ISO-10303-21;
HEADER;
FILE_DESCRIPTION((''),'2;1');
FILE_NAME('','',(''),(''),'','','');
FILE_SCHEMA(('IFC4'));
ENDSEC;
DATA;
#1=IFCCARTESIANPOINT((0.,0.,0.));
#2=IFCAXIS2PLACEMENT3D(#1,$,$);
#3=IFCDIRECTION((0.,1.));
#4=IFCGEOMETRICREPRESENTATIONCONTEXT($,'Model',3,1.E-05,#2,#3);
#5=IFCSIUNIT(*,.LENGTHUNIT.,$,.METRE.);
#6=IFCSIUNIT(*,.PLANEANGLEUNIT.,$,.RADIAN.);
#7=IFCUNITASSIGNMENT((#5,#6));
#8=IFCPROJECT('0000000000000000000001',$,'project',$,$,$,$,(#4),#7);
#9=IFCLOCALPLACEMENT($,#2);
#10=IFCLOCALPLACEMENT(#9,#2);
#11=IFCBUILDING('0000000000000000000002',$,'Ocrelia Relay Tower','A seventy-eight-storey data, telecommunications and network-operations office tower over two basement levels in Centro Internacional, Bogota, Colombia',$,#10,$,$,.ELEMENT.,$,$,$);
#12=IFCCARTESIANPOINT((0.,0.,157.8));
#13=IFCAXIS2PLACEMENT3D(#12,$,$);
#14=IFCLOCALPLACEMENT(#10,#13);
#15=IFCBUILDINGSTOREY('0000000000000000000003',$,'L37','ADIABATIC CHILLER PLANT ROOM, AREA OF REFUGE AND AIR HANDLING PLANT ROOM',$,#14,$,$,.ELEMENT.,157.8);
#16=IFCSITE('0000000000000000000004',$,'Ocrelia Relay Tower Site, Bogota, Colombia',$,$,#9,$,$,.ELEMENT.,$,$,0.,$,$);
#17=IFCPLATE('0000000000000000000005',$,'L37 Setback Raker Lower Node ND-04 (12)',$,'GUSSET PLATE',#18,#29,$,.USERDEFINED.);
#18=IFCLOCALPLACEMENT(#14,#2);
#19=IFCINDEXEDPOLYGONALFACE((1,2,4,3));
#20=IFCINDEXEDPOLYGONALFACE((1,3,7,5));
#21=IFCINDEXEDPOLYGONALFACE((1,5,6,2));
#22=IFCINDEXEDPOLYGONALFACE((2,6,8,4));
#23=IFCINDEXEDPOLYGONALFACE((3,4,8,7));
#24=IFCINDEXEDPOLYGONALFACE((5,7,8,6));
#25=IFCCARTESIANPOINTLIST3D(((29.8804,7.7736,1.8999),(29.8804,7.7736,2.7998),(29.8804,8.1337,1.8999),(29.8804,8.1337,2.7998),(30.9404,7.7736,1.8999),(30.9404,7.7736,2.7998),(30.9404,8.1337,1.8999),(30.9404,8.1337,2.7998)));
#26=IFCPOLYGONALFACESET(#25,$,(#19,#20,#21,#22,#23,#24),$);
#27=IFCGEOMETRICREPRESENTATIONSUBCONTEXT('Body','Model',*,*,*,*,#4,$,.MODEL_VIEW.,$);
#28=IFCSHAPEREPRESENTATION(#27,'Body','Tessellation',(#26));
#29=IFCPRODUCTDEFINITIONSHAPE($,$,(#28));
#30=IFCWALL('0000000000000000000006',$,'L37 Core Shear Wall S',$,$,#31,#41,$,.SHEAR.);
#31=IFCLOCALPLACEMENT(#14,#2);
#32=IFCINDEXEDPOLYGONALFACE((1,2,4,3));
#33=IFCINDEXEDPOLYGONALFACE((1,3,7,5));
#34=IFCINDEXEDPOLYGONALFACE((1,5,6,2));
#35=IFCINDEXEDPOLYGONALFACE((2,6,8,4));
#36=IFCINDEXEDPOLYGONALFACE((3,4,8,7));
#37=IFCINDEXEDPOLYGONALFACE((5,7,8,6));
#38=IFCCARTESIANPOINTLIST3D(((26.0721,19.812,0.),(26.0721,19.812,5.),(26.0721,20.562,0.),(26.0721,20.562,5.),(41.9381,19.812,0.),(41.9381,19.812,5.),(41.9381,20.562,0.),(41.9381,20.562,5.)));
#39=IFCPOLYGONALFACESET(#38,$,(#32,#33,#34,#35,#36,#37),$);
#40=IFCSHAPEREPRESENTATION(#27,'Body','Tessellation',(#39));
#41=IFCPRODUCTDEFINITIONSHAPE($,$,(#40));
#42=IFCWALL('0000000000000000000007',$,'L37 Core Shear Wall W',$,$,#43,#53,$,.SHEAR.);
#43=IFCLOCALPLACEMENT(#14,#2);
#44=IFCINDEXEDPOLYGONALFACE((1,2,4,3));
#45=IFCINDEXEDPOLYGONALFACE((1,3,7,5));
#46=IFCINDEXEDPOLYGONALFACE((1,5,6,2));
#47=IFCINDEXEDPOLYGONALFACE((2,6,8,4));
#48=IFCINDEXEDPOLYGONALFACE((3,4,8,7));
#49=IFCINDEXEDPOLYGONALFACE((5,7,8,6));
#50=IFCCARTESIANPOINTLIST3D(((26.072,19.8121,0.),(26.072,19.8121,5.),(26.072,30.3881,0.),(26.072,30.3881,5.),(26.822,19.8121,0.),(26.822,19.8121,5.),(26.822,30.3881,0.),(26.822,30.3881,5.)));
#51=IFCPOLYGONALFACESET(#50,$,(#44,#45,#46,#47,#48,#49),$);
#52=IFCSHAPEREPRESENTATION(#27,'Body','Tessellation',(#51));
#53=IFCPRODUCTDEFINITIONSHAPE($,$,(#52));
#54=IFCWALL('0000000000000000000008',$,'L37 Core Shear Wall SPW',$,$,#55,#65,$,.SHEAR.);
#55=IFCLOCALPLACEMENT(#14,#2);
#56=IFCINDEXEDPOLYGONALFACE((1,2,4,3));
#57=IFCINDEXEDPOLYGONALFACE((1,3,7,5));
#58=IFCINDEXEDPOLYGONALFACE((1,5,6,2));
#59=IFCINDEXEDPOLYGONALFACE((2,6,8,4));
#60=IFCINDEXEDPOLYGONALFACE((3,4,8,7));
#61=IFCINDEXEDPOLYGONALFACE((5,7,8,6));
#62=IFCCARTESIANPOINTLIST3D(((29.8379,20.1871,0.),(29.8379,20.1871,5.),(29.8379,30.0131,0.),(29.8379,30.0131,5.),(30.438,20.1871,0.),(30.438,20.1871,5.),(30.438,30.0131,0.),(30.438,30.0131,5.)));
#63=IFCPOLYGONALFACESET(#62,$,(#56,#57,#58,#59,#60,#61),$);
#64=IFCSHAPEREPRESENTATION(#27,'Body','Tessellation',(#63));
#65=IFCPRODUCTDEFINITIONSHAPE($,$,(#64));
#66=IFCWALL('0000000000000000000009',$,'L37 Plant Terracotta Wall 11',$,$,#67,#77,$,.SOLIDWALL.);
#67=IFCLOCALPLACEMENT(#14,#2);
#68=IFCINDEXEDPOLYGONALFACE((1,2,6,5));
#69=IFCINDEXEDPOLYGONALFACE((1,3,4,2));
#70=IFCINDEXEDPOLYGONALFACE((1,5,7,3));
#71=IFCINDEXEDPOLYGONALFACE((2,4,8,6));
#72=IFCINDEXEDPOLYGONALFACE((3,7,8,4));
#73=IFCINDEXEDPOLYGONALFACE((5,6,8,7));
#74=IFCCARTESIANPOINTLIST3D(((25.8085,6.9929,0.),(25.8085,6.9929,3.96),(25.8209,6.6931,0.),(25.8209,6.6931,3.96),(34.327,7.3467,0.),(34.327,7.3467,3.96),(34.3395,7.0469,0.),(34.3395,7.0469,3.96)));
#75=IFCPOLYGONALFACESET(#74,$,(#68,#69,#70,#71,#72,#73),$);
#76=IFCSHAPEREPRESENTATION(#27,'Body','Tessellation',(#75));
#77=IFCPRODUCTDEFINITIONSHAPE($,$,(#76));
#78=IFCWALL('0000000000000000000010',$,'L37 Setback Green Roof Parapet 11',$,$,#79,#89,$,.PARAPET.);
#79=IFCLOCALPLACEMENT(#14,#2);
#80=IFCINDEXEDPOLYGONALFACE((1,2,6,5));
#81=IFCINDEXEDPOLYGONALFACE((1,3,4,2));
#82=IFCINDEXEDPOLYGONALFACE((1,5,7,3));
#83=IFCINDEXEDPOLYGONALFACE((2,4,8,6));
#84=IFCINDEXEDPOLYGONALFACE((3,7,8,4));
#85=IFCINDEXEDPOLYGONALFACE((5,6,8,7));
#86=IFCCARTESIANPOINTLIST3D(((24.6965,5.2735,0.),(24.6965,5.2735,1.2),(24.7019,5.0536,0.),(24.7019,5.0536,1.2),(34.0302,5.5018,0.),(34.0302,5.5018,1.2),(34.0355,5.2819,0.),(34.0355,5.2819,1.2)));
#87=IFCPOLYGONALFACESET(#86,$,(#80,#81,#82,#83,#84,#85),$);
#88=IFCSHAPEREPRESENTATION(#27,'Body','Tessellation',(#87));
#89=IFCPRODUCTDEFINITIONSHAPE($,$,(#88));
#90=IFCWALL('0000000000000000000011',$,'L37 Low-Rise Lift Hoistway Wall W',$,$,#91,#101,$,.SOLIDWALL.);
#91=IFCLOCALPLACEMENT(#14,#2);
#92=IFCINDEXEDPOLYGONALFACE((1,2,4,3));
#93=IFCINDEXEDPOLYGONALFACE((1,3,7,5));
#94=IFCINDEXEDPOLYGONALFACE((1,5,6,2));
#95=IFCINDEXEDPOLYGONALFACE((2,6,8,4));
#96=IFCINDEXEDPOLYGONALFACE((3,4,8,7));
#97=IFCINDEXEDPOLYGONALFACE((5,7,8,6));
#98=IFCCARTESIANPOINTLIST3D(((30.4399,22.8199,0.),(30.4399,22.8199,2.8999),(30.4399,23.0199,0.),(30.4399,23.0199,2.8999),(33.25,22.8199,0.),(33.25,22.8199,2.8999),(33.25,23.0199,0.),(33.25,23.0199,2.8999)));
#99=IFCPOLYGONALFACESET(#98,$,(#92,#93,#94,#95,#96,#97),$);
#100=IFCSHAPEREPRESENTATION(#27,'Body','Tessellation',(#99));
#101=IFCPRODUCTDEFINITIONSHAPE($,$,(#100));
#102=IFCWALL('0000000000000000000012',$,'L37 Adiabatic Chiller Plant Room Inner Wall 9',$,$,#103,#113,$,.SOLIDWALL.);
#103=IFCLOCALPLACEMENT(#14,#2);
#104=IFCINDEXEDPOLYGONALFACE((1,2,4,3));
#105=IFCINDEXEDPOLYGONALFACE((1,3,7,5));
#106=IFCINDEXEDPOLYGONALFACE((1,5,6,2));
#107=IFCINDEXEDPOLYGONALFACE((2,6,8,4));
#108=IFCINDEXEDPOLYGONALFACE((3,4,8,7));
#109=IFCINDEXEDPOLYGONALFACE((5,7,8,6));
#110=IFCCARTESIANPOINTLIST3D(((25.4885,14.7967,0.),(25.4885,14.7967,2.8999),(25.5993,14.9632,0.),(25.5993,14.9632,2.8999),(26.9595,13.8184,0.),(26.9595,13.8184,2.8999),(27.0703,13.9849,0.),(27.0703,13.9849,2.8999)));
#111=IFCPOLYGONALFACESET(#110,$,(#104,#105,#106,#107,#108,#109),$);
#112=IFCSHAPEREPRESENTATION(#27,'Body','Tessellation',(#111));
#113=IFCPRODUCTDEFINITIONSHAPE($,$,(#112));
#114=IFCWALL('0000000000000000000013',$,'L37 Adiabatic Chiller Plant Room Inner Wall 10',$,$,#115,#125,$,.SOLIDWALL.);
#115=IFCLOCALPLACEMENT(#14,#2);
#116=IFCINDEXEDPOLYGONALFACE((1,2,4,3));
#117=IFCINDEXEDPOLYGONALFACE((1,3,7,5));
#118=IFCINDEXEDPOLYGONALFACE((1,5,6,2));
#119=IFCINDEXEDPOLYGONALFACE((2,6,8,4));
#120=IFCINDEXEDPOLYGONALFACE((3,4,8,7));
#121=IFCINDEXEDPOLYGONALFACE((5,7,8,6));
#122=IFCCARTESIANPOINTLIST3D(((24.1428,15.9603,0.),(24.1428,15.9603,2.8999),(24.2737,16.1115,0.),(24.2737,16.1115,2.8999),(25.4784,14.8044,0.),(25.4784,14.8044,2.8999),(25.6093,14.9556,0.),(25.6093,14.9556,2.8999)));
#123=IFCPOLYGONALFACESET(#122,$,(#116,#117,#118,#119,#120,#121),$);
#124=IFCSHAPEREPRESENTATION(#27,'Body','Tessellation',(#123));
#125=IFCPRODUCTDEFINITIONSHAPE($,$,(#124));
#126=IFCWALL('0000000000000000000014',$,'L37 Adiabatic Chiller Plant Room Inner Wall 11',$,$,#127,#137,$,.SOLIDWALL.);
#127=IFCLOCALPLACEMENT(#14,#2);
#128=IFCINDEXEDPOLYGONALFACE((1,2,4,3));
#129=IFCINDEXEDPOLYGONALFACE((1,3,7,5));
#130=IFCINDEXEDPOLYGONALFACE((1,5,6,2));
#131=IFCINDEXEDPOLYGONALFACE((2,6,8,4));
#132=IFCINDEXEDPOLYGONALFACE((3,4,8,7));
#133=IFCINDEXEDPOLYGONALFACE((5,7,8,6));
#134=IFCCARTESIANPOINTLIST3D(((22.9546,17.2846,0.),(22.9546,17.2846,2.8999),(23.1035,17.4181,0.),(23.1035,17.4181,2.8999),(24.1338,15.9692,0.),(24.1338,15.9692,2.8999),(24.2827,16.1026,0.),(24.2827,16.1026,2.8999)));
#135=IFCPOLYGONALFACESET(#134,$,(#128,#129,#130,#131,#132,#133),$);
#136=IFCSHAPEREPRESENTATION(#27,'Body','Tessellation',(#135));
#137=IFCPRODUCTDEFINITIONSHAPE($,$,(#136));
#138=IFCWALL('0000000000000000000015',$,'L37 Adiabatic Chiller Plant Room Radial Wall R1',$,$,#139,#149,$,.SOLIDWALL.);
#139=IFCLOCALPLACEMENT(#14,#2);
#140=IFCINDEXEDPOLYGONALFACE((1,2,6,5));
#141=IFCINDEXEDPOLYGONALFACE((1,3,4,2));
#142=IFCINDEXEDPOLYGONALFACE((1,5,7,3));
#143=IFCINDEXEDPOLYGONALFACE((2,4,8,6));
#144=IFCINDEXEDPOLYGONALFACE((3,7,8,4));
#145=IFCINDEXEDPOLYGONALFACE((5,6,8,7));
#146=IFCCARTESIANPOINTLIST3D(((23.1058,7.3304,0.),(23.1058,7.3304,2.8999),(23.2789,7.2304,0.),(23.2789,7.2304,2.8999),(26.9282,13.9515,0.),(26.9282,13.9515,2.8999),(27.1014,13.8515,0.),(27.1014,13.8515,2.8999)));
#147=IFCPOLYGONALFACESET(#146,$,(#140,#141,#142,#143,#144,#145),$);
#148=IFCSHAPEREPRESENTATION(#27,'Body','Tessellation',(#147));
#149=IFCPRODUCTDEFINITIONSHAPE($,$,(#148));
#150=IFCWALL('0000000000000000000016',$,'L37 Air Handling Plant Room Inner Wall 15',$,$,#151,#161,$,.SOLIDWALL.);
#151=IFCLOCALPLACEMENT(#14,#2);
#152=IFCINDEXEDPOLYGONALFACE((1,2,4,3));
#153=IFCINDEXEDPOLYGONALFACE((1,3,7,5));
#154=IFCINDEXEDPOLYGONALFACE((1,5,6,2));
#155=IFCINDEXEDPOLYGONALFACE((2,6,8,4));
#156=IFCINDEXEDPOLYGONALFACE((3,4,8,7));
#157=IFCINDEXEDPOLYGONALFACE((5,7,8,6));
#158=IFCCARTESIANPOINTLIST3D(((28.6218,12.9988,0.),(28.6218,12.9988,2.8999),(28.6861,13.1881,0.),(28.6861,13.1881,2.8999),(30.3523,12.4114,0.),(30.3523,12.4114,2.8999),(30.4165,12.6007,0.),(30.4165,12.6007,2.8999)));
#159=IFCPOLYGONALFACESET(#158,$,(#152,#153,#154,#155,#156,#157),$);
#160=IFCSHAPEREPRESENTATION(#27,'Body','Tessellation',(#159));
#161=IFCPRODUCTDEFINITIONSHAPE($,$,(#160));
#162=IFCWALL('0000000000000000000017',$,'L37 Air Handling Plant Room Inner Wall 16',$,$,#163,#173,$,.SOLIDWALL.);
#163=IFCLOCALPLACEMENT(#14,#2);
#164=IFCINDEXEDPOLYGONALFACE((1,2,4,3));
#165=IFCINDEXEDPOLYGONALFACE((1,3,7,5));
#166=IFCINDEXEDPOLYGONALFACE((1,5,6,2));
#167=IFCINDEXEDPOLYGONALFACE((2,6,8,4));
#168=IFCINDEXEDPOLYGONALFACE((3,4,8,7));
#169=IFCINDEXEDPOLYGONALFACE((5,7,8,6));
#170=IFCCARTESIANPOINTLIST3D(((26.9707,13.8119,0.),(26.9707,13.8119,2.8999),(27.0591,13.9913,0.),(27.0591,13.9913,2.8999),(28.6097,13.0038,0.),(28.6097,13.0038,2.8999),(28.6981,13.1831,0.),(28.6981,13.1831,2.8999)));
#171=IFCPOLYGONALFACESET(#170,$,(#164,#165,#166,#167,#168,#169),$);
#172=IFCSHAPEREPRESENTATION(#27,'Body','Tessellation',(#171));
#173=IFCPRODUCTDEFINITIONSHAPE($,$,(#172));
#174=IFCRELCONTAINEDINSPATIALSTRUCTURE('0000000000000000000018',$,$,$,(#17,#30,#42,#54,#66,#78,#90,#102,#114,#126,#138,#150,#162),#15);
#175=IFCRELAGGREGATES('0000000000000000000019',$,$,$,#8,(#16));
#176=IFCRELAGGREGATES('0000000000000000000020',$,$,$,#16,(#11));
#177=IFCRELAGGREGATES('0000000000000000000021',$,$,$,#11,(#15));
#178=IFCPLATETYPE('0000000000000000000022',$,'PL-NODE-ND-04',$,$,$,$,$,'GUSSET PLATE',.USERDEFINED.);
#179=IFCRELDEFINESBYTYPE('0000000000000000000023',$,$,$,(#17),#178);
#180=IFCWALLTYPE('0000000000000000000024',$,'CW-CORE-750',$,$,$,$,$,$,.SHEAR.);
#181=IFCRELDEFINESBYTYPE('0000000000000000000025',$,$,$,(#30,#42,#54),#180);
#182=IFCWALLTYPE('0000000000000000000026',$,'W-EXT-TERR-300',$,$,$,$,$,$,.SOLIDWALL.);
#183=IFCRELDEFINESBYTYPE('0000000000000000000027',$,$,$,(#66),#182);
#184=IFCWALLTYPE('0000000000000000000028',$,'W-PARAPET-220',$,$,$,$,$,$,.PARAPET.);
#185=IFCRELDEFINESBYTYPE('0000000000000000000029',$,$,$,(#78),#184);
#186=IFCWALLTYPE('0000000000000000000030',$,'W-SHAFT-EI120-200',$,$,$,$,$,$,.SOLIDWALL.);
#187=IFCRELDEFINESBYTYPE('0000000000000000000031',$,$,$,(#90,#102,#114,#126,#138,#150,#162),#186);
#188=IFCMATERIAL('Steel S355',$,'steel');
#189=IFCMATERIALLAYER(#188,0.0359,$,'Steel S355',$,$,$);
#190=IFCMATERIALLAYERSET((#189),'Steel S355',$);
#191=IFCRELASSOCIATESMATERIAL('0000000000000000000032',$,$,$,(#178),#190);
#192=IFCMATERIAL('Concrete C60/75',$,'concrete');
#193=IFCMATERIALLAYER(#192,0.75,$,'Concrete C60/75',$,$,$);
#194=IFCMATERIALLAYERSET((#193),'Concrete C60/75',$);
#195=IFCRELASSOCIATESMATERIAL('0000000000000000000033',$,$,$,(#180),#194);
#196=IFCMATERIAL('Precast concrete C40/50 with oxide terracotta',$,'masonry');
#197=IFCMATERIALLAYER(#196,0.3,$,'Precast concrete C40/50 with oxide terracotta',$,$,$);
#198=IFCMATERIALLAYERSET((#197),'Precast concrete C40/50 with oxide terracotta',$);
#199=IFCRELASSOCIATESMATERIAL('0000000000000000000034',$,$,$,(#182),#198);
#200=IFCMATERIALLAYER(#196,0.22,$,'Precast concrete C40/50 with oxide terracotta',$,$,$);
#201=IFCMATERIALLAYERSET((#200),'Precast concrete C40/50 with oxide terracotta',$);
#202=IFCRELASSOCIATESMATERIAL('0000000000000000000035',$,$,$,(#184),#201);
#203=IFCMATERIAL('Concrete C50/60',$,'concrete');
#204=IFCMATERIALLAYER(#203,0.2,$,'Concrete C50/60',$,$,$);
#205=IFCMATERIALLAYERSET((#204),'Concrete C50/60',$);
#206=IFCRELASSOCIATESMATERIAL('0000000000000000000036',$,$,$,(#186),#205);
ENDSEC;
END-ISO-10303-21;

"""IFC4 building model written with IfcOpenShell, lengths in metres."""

from ifc_helpers import new_model, si_unit, direction, frame, frame_2d, origin, origin_2d, place, context, subcontext, project, spatial, rectangle, extrude, material, layer, layer_set, type_object, element, save


model = new_model("IFC4")

# Units and contexts
model_context = context("Model", 3, precision=1e-05, world=origin(), true_north=direction((0.0, 1.0)))
body_context = subcontext(model_context, "Body", "Model", "MODEL_VIEW")
ifc_project = project(units=[si_unit("LENGTHUNIT", "METRE"), si_unit("PLANEANGLEUNIT", "RADIAN")], contexts=[model_context])

# Site, building, storey
site_placement = place(None, origin())
site = spatial("IfcSite", under=ifc_project, at=site_placement, Name="Ocrelia Relay Tower Site, Bogota, Colombia", CompositionType="ELEMENT", RefElevation=0.0)
building_placement = place(site_placement, origin())
building = spatial("IfcBuilding", under=site, at=building_placement, Name="Ocrelia Relay Tower", Description="A seventy-eight-storey data, telecommunications and network-operations office tower over two basement levels in Centro Internacional, Bogota, Colombia", CompositionType="ELEMENT")
storey_placement = place(building_placement, frame((0.0, 0.0, 157.8)))
storey = spatial("IfcBuildingStorey", under=building, at=storey_placement, Name="L37", Description="ADIABATIC CHILLER PLANT ROOM, AREA OF REFUGE AND AIR HANDLING PLANT ROOM", CompositionType="ELEMENT", Elevation=157.8)

# Shared definitions
ifc_material_1 = material(Name="Concrete C60/75", Category="concrete")

# Shared definitions
ifc_material_2 = material(Name="Steel S355", Category="steel")

# Plate
ifc_layer_1 = layer(ifc_material_2, 0.0359, Name="Steel S355")
ifc_layer_set_1 = layer_set([ifc_layer_1], Name="Steel S355")
plate_type = type_object("IfcPlateType", Name="PL-NODE-ND-04", ElementType="GUSSET PLATE", PredefinedType="USERDEFINED", material=ifc_layer_set_1)
for number, where, z_axis, x_axis, name in (
    (1, (30.4104, 7.9536, 1.8999), (0.0, 0.0, 1.0), (1.0, 0.0, 0.0), "L37 Setback Raker Lower Node ND-04 (12)"),
):
    element("IfcPlate", number, at=place(storey_placement, frame(where, z_axis=z_axis, x_axis=x_axis)), inside=storey, type_object=plate_type, Name=name, ObjectType="GUSSET PLATE", PredefinedType="USERDEFINED", context=body_context, shape_type="SweptSolid", body=[
        extrude(rectangle(XDim=1.0601, YDim=0.3601, at=origin_2d()), origin(), (0.0, 0.0, 1.0), 0.8999),
    ])

# Walls
ifc_layer_2 = layer(ifc_material_1, 0.75, Name="Concrete C60/75")
ifc_layer_set_2 = layer_set([ifc_layer_2], Name="Concrete C60/75")
wall_type_1 = type_object("IfcWallType", Name="CW-CORE-750", PredefinedType="SHEAR", material=ifc_layer_set_2)
wall_1_placement = place(storey_placement, frame((26.072, 20.187, 0.0), z_axis=(0.0, 0.0, 1.0), x_axis=(1.0, 0.0, 0.0)))
element("IfcWall", 2, at=wall_1_placement, inside=storey, type_object=wall_type_1, Name="L37 Core Shear Wall S", PredefinedType="SHEAR", context=body_context, shape_type="SweptSolid", body=[
    extrude(rectangle(XDim=15.866, YDim=0.75, at=frame_2d((7.9331, 0.0))), origin(), (0.0, 0.0, 1.0), 5.0),
])
wall_2_placement = place(storey_placement, frame((26.447, 19.812, 0.0), z_axis=(0.0, 0.0, 1.0), x_axis=(0.0, 1.0, 0.0)))
element("IfcWall", 3, at=wall_2_placement, inside=storey, type_object=wall_type_1, Name="L37 Core Shear Wall W", PredefinedType="SHEAR", context=body_context, shape_type="SweptSolid", body=[
    extrude(rectangle(XDim=10.5759, YDim=0.75, at=frame_2d((5.2881, 0.0))), origin(), (0.0, 0.0, 1.0), 5.0),
])
wall_3_placement = place(storey_placement, frame((30.1379, 20.187, 0.0), z_axis=(0.0, 0.0, 1.0), x_axis=(0.0, 1.0, 0.0)))
element("IfcWall", 4, at=wall_3_placement, inside=storey, type_object=wall_type_1, Name="L37 Core Shear Wall SPW", PredefinedType="SHEAR", context=body_context, shape_type="SweptSolid", body=[
    extrude(rectangle(XDim=9.8259, YDim=0.6001, at=frame_2d((4.9131, 0.0))), origin(), (0.0, 0.0, 1.0), 5.0),
])
ifc_material_3 = material(Name="Precast concrete C40/50 with oxide terracotta", Category="masonry")
ifc_layer_3 = layer(ifc_material_3, 0.3, Name="Precast concrete C40/50 with oxide terracotta")
ifc_layer_set_3 = layer_set([ifc_layer_3], Name="Precast concrete C40/50 with oxide terracotta")
wall_type_2 = type_object("IfcWallType", Name="W-EXT-TERR-300", PredefinedType="SOLIDWALL", material=ifc_layer_set_3)
wall_4_placement = place(storey_placement, frame((25.8147, 6.843, 0.0), z_axis=(0.0, 0.0, 1.0), x_axis=(0.999139, 0.041492, 0.0)))
element("IfcWall", 5, at=wall_4_placement, inside=storey, type_object=wall_type_2, Name="L37 Plant Terracotta Wall 11", PredefinedType="SOLIDWALL", context=body_context, shape_type="SweptSolid", body=[
    extrude(rectangle(XDim=8.5259, YDim=0.3, at=frame_2d((4.2629, 0.0))), origin(), (0.0, 0.0, 1.0), 3.96),
])
ifc_layer_4 = layer(ifc_material_3, 0.22, Name="Precast concrete C40/50 with oxide terracotta")
ifc_layer_set_4 = layer_set([ifc_layer_4], Name="Precast concrete C40/50 with oxide terracotta")
wall_type_3 = type_object("IfcWallType", Name="W-PARAPET-220", PredefinedType="PARAPET", material=ifc_layer_set_4)
wall_5_placement = place(storey_placement, frame((24.6992, 5.1636, 0.0), z_axis=(0.0, 0.0, 1.0), x_axis=(0.999701, 0.024449, 0.0)))
element("IfcWall", 6, at=wall_5_placement, inside=storey, type_object=wall_type_3, Name="L37 Setback Green Roof Parapet 11", PredefinedType="PARAPET", context=body_context, shape_type="SweptSolid", body=[
    extrude(rectangle(XDim=9.3364, YDim=0.22, at=frame_2d((4.6682, 0.0))), origin(), (0.0, 0.0, 1.0), 1.2),
])
ifc_material_4 = material(Name="Concrete C50/60", Category="concrete")
ifc_layer_5 = layer(ifc_material_4, 0.2, Name="Concrete C50/60")
ifc_layer_set_5 = layer_set([ifc_layer_5], Name="Concrete C50/60")
wall_type_4 = type_object("IfcWallType", Name="W-SHAFT-EI120-200", PredefinedType="SOLIDWALL", material=ifc_layer_set_5)
wall_6_placement = place(storey_placement, frame((30.4399, 22.9199, 0.0), z_axis=(0.0, 0.0, 1.0), x_axis=(1.0, 0.0, 0.0)))
element("IfcWall", 7, at=wall_6_placement, inside=storey, type_object=wall_type_4, Name="L37 Low-Rise Lift Hoistway Wall W", PredefinedType="SOLIDWALL", context=body_context, shape_type="SweptSolid", body=[
    extrude(rectangle(XDim=2.8101, YDim=0.2, at=frame_2d((1.405, 0.0))), origin(), (0.0, 0.0, 1.0), 2.8999),
])
wall_7_placement = place(storey_placement, frame((27.0149, 13.9016, 0.0), z_axis=(0.0, 0.0, 1.0), x_axis=(-0.832666, 0.553775, 0.0)))
element("IfcWall", 8, at=wall_7_placement, inside=storey, type_object=wall_type_4, Name="L37 Adiabatic Chiller Plant Room Inner Wall 9", PredefinedType="SOLIDWALL", context=body_context, shape_type="SweptSolid", body=[
    extrude(rectangle(XDim=1.7666, YDim=0.2, at=frame_2d((0.8833, 0.0))), origin(), (0.0, 0.0, 1.0), 2.8999),
])
wall_8_placement = place(storey_placement, frame((25.5439, 14.8799, 0.0), z_axis=(0.0, 0.0, 1.0), x_axis=(-0.756136, 0.654415, 0.0)))
element("IfcWall", 9, at=wall_8_placement, inside=storey, type_object=wall_type_4, Name="L37 Adiabatic Chiller Plant Room Inner Wall 10", PredefinedType="SOLIDWALL", context=body_context, shape_type="SweptSolid", body=[
    extrude(rectangle(XDim=1.7664, YDim=0.2, at=frame_2d((0.8833, 0.0))), origin(), (0.0, 0.0, 1.0), 2.8999),
])
wall_9_placement = place(storey_placement, frame((24.2083, 16.0359, 0.0), z_axis=(0.0, 0.0, 1.0), x_axis=(-0.667497, 0.744612, 0.0)))
element("IfcWall", 10, at=wall_9_placement, inside=storey, type_object=wall_type_4, Name="L37 Adiabatic Chiller Plant Room Inner Wall 11", PredefinedType="SOLIDWALL", context=body_context, shape_type="SweptSolid", body=[
    extrude(rectangle(XDim=1.7666, YDim=0.2, at=frame_2d((0.8833, 0.0))), origin(), (0.0, 0.0, 1.0), 2.8999),
])
wall_10_placement = place(storey_placement, frame((27.0149, 13.9016, 0.0), z_axis=(0.0, 0.0, 1.0), x_axis=(-0.499982, -0.866036, 0.0)))
element("IfcWall", 11, at=wall_10_placement, inside=storey, type_object=wall_type_4, Name="L37 Adiabatic Chiller Plant Room Radial Wall R1", PredefinedType="SOLIDWALL", context=body_context, shape_type="SweptSolid", body=[
    extrude(rectangle(XDim=7.6453, YDim=0.2, at=frame_2d((3.8228, 0.0))), origin(), (0.0, 0.0, 1.0), 2.8999),
])
for number, where, z_axis, x_axis, name in (
    (12, (30.3843, 12.5061, 0.0), (0.0, 0.0, 1.0), (-0.946932, 0.321433, 0.0), "L37 Air Handling Plant Room Inner Wall 15"),
    (13, (28.6538, 13.0935, 0.0), (0.0, 0.0, 1.0), (-0.896898, 0.442237, 0.0), "L37 Air Handling Plant Room Inner Wall 16"),
):
    element("IfcWall", number, at=place(storey_placement, frame(where, z_axis=z_axis, x_axis=x_axis)), inside=storey, type_object=wall_type_4, Name=name, PredefinedType="SOLIDWALL", context=body_context, shape_type="SweptSolid", body=[
        extrude(rectangle(XDim=1.8274, YDim=0.2, at=frame_2d((0.9136, 0.0))), origin(), (0.0, 0.0, 1.0), 2.8999),
    ])

save(model, "model.ifc")
